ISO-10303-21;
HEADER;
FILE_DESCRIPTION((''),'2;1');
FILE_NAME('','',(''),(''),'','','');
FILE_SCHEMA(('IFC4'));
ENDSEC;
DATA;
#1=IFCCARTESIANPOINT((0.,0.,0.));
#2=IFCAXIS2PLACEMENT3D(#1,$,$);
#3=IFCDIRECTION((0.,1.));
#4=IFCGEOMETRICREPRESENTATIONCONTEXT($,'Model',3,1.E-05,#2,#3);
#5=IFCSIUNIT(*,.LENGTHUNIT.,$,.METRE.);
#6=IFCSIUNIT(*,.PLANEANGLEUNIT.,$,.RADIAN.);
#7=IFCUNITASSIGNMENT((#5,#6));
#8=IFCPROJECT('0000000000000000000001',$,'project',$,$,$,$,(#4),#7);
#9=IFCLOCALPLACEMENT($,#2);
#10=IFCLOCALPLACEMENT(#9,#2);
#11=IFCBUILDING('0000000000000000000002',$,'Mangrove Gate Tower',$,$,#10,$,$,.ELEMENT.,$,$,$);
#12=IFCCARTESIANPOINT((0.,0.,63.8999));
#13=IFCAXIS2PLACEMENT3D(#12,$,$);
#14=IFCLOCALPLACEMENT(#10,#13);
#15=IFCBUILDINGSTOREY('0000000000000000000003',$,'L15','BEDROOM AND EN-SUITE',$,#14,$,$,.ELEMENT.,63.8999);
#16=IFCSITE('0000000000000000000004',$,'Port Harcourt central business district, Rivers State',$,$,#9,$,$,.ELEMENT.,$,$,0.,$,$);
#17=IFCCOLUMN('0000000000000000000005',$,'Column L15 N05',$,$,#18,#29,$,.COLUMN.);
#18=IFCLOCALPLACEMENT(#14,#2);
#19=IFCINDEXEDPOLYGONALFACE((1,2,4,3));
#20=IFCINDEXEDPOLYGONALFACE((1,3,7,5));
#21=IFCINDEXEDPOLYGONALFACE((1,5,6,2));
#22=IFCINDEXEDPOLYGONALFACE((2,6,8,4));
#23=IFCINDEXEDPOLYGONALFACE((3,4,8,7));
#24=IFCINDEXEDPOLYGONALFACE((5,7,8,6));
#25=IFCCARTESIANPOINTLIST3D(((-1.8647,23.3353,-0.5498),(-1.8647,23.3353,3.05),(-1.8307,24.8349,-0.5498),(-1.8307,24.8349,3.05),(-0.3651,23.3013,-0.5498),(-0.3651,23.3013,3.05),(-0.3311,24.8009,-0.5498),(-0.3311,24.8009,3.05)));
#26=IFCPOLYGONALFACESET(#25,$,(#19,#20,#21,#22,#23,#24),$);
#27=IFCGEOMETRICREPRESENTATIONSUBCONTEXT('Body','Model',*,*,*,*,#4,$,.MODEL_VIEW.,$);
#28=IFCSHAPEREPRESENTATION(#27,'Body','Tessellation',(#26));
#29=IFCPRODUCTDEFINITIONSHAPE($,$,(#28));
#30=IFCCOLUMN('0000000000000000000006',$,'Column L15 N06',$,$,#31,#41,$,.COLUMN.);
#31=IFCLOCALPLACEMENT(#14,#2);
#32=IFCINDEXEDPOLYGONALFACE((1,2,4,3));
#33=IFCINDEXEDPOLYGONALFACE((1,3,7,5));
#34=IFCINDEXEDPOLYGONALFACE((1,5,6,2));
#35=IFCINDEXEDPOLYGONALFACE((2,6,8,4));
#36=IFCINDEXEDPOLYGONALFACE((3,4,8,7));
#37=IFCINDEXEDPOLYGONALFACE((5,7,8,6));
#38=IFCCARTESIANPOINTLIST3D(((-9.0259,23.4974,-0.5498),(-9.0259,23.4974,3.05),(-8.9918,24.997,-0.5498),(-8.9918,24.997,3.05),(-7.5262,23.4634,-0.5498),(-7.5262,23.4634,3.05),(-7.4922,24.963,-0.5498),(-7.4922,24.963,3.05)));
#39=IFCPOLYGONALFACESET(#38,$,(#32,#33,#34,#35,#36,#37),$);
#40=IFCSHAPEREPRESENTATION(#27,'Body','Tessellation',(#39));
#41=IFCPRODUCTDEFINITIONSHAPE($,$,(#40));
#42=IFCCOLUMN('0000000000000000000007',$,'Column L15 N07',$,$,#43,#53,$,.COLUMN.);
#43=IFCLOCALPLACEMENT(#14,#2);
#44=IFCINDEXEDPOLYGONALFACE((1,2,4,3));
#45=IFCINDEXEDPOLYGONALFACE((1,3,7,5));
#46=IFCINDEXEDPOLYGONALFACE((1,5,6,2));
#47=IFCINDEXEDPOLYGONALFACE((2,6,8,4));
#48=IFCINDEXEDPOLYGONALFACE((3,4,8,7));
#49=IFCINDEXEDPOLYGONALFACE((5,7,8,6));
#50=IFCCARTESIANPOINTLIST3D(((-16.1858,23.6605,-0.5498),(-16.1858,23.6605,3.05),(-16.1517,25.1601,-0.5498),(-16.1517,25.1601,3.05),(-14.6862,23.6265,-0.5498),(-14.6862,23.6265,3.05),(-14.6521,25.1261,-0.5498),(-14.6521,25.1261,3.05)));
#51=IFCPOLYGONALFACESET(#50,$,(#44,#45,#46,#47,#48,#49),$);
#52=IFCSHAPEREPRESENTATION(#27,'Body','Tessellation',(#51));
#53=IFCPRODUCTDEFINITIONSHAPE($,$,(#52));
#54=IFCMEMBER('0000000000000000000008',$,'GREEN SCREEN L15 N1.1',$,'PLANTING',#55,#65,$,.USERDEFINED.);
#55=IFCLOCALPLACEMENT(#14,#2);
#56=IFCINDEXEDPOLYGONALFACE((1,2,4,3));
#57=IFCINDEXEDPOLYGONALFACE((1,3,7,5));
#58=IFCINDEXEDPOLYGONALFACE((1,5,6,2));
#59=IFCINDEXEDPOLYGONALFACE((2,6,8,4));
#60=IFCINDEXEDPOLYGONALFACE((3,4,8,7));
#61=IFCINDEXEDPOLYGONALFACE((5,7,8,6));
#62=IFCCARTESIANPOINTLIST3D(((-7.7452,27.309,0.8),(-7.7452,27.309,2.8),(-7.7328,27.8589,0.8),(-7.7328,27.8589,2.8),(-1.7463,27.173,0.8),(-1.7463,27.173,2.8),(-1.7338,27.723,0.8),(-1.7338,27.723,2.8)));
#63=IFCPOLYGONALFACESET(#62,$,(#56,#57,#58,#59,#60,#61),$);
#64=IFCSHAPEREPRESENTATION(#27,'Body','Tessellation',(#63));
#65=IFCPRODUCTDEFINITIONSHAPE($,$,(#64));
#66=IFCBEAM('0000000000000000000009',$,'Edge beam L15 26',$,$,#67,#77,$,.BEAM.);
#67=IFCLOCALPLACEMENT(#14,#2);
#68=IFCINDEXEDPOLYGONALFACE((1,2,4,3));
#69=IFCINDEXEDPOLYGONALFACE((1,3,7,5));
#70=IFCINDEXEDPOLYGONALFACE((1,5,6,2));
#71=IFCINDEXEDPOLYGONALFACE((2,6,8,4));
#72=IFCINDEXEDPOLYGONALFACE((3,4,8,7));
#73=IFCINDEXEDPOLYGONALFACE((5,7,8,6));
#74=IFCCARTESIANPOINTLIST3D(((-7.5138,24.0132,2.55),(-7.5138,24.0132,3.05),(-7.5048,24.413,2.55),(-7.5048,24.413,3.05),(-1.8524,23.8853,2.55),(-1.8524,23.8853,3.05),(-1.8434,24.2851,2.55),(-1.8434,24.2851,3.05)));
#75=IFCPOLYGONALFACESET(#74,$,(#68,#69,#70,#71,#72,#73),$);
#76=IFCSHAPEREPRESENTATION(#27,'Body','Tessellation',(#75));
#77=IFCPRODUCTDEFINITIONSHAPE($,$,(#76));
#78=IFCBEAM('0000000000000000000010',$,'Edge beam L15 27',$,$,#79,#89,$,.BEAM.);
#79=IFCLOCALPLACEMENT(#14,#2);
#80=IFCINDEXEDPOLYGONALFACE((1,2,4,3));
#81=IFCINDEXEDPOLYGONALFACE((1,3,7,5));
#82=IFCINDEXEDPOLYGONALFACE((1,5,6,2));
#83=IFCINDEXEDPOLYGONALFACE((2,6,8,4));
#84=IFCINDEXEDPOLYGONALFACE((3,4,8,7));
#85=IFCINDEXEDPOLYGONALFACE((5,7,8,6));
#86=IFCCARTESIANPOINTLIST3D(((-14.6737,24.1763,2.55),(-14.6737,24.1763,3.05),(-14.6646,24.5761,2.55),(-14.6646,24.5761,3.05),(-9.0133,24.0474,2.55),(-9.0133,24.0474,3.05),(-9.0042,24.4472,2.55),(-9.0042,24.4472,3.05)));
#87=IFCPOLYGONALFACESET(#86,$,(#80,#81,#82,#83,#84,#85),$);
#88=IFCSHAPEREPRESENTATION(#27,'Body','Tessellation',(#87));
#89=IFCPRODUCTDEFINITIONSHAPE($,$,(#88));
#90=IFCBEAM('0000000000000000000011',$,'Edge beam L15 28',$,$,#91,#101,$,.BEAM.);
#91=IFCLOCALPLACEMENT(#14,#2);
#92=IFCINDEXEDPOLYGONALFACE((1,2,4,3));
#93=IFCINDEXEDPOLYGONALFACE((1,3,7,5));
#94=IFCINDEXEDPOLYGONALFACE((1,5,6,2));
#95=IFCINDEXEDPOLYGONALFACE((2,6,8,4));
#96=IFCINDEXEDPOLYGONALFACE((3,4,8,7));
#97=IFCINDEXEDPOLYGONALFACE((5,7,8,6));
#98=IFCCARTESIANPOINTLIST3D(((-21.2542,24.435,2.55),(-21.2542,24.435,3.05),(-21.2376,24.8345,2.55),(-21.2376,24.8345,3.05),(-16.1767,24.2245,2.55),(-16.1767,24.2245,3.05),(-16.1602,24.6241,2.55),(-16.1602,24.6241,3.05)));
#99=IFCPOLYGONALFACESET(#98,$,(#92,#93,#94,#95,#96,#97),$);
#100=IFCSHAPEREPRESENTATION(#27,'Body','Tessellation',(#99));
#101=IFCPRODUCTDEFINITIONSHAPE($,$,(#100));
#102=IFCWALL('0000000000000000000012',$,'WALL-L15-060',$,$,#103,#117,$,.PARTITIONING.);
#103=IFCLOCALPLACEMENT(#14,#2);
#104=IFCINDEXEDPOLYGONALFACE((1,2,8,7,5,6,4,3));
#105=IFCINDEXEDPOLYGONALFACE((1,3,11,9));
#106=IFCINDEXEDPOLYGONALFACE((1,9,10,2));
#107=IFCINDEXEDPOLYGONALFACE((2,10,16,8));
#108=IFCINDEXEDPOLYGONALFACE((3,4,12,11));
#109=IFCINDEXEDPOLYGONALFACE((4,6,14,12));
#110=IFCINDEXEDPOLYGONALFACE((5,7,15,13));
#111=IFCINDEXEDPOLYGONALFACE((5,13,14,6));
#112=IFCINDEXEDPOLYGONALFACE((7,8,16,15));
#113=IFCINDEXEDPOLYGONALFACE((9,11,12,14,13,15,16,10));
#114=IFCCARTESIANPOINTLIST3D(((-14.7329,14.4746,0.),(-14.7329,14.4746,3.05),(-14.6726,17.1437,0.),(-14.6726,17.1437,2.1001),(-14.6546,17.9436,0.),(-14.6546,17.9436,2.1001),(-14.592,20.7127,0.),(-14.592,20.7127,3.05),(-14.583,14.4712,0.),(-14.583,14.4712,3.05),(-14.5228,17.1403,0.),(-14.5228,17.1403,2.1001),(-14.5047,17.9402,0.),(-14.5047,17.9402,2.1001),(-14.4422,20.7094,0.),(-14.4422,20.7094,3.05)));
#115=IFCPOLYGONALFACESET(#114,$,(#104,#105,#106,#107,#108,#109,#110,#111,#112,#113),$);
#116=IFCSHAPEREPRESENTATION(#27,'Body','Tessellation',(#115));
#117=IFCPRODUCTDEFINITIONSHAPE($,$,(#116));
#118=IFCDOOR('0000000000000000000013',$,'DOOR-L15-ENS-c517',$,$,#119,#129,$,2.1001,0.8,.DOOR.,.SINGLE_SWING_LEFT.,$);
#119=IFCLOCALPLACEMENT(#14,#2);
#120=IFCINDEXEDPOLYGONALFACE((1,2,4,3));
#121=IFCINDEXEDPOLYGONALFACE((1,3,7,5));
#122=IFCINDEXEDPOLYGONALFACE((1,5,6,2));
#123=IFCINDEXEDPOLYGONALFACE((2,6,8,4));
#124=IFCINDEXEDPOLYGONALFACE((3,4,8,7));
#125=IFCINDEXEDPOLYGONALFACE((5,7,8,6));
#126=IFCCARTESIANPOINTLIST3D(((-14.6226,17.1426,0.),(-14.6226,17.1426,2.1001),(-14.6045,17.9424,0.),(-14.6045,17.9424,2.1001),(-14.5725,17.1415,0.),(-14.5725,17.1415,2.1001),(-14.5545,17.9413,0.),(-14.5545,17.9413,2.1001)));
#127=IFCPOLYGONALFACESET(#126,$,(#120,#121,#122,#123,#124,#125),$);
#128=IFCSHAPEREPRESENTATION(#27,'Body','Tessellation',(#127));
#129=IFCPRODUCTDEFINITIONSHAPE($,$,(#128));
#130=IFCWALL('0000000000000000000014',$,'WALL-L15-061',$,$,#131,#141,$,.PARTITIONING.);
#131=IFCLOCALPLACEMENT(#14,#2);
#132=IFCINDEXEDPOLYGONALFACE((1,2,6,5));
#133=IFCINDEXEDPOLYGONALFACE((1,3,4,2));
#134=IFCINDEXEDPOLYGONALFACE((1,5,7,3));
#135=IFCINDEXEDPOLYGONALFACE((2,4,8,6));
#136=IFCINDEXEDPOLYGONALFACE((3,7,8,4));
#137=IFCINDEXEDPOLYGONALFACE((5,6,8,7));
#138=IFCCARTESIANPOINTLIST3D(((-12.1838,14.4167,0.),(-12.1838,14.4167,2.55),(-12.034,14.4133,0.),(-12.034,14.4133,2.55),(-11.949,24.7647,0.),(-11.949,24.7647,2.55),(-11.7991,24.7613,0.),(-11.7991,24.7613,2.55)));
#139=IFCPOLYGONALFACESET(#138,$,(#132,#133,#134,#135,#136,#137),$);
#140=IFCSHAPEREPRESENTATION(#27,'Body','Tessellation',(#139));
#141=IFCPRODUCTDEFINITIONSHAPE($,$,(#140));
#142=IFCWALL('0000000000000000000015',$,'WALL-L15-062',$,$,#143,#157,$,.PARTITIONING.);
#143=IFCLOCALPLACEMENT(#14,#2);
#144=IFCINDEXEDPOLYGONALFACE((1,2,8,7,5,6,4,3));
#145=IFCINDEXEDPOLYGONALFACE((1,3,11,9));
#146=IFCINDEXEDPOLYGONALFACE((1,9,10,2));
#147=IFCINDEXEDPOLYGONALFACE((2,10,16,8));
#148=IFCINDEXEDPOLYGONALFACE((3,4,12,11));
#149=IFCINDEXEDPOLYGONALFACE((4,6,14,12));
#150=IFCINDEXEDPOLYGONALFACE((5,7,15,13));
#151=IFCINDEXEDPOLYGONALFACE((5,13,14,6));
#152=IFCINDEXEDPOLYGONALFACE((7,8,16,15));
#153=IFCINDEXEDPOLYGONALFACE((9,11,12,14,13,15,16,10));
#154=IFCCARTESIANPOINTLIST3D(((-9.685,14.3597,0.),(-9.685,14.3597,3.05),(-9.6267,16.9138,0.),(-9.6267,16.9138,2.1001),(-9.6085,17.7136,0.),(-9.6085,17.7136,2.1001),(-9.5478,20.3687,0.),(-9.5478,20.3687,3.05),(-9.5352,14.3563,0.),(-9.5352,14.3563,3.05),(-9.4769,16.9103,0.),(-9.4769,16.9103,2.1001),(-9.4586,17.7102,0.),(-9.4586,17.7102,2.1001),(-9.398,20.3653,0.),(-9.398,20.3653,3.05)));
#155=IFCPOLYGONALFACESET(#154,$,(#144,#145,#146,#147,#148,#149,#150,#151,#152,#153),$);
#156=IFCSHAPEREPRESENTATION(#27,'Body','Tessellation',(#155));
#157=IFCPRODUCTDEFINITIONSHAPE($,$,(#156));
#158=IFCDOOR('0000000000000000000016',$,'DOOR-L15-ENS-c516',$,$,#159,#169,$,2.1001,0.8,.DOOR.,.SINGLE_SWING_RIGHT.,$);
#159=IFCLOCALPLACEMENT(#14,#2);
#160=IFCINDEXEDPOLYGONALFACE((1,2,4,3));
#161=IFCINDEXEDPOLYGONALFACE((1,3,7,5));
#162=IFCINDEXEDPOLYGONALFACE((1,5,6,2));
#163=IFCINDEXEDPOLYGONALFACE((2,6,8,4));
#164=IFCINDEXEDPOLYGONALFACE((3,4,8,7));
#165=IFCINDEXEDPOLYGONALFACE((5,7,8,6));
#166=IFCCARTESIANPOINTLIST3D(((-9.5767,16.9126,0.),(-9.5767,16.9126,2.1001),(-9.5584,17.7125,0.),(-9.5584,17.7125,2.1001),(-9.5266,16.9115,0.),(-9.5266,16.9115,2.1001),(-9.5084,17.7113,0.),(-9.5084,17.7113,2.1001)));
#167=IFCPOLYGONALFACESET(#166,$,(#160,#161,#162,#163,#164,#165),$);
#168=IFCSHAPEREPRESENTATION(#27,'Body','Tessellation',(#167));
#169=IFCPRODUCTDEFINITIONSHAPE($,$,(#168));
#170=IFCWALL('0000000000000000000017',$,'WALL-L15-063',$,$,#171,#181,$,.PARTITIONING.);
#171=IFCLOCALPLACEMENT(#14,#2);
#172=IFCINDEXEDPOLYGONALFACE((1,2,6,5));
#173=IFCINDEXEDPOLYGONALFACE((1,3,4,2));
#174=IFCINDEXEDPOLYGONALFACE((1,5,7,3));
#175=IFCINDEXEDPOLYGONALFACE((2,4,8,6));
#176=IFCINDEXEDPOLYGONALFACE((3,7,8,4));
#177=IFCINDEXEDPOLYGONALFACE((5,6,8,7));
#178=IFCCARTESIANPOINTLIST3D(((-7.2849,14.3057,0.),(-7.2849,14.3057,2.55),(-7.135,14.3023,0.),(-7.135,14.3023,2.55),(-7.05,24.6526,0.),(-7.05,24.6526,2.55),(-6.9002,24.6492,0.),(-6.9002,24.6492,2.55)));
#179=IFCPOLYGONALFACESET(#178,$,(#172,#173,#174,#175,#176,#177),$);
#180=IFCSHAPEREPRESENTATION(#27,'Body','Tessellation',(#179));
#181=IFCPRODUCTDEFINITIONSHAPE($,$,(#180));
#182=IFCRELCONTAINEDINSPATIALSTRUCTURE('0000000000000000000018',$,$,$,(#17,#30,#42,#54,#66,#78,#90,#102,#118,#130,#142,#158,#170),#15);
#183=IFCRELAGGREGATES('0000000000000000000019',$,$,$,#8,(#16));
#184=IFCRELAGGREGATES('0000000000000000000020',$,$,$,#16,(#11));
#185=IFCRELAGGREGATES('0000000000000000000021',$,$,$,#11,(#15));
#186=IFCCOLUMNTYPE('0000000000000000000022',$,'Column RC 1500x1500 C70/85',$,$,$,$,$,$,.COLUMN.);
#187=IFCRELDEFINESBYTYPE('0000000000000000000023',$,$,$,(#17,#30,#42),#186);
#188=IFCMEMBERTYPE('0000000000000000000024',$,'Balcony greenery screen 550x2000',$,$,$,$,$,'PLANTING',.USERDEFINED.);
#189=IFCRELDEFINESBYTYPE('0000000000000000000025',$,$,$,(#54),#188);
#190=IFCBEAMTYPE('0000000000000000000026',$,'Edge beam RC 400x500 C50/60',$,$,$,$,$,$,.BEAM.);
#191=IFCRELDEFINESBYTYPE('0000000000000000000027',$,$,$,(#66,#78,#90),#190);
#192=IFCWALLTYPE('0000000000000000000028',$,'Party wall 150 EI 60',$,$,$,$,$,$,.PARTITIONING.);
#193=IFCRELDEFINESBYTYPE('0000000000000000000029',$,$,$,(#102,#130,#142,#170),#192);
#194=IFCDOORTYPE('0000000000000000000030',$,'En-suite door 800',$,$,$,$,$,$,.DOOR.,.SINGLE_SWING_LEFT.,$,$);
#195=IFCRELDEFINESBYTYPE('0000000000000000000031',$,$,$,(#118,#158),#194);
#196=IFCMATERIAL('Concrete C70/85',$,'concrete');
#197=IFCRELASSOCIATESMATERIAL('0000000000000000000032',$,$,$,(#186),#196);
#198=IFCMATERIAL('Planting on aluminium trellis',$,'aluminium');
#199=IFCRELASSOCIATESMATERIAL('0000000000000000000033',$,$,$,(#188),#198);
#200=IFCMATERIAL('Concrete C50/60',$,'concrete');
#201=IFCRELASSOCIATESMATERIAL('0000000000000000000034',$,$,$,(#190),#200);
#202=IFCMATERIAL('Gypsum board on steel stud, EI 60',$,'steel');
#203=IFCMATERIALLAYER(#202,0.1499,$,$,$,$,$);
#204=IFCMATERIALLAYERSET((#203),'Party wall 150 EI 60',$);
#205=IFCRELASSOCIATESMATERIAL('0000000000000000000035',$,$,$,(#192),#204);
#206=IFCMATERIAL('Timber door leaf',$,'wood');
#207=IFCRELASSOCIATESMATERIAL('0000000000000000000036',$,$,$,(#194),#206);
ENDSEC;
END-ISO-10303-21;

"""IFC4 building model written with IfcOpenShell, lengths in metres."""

from ifc_helpers import new_model, si_unit, direction, frame, frame_2d, origin, origin_2d, place, context, subcontext, project, spatial, rectangle, extrude, material, layer, layer_set, material_profile, profile_set, type_object, element, fill, save


model = new_model("IFC4")

# Units and contexts
model_context = context("Model", 3, precision=1e-05, world=origin(), true_north=direction((0.0, 1.0)))
body_context = subcontext(model_context, "Body", "Model", "MODEL_VIEW")
ifc_project = project(units=[si_unit("LENGTHUNIT", "METRE"), si_unit("PLANEANGLEUNIT", "RADIAN")], contexts=[model_context])

# Site, building, storey
site_placement = place(None, origin())
site = spatial("IfcSite", under=ifc_project, at=site_placement, Name="Port Harcourt central business district, Rivers State", CompositionType="ELEMENT", RefElevation=0.0)
building_placement = place(site_placement, origin())
building = spatial("IfcBuilding", under=site, at=building_placement, Name="Mangrove Gate Tower", CompositionType="ELEMENT")
storey_placement = place(building_placement, frame((0.0, 0.0, 63.8999)))
storey = spatial("IfcBuildingStorey", under=building, at=storey_placement, Name="L15", Description="BEDROOM AND EN-SUITE", CompositionType="ELEMENT", Elevation=63.8999)

# Columns
ifc_material_1 = material(Name="Concrete C70/85", Category="concrete")
ifc_material_profile_1 = material_profile(ifc_material_1, rectangle(XDim=1.5, YDim=1.5, at=origin_2d()))
ifc_profile_set_1 = profile_set([ifc_material_profile_1], Name="Concrete C70/85")
column_type = type_object("IfcColumnType", Name="Column RC 1500x1500 C70/85", PredefinedType="COLUMN", material=ifc_profile_set_1)
for number, where, z_axis, x_axis, name in (
    (1, (-1.0979, 24.0681, -0.5498), (0.0, 0.0, 1.0), (-0.999743, 0.022688, 0.0), "Column L15 N05"),
    (2, (-8.259, 24.2302, -0.5498), (0.0, 0.0, 1.0), (-0.999743, 0.022688, 0.0), "Column L15 N06"),
    (3, (-15.4189, 24.3933, -0.5498), (0.0, 0.0, 1.0), (-0.999743, 0.022688, 0.0), "Column L15 N07"),
):
    element("IfcColumn", number, at=place(storey_placement, frame(where, z_axis=z_axis, x_axis=x_axis)), inside=storey, type_object=column_type, Name=name, PredefinedType="COLUMN", context=body_context, shape_type="SweptSolid", body=[
        extrude(rectangle(XDim=1.5, YDim=1.5, at=origin_2d()), origin(), (0.0, 0.0, 1.0), 3.5999),
    ])

# Member
ifc_material_2 = material(Name="Planting on aluminium trellis", Category="aluminium")
ifc_material_profile_2 = material_profile(ifc_material_2, rectangle(XDim=0.55, YDim=2.0, at=origin_2d()))
ifc_profile_set_2 = profile_set([ifc_material_profile_2], Name="Planting on aluminium trellis")
member_type = type_object("IfcMemberType", Name="Balcony greenery screen 550x2000", ElementType="PLANTING", PredefinedType="USERDEFINED", material=ifc_profile_set_2)
member_placement = place(storey_placement, frame((-7.739, 27.584, 1.8), z_axis=(0.999743, -0.022662, 0.0), x_axis=(0.022662, 0.999743, 0.0)))
element("IfcMember", 4, at=member_placement, inside=storey, type_object=member_type, Name="GREEN SCREEN L15 N1.1", ObjectType="PLANTING", PredefinedType="USERDEFINED", context=body_context, shape_type="SweptSolid", body=[
    extrude(rectangle(XDim=0.55, YDim=2.0, at=origin_2d()), origin(), (0.0, 0.0, 1.0), 6.0005),
])

# Beams
ifc_material_3 = material(Name="Concrete C50/60", Category="concrete")
ifc_material_profile_3 = material_profile(ifc_material_3, rectangle(XDim=0.3999, YDim=0.5, at=origin_2d()))
ifc_profile_set_3 = profile_set([ifc_material_profile_3], Name="Concrete C50/60")
beam_type = type_object("IfcBeamType", Name="Edge beam RC 400x500 C50/60", PredefinedType="BEAM", material=ifc_profile_set_3)
beam_1_placement = place(storey_placement, frame((-1.8479, 24.0852, 2.8), z_axis=(-0.999745, 0.022591, 0.0), x_axis=(-0.022591, -0.999745, 0.0)))
element("IfcBeam", 5, at=beam_1_placement, inside=storey, type_object=beam_type, Name="Edge beam L15 26", PredefinedType="BEAM", context=body_context, shape_type="SweptSolid", body=[
    extrude(rectangle(XDim=0.3999, YDim=0.5, at=origin_2d()), origin(), (0.0, 0.0, 1.0), 5.6628),
])
beam_2_placement = place(storey_placement, frame((-9.0088, 24.2473, 2.8), z_axis=(-0.999741, 0.022767, 0.0), x_axis=(-0.022767, -0.999741, 0.0)))
element("IfcBeam", 6, at=beam_2_placement, inside=storey, type_object=beam_type, Name="Edge beam L15 27", PredefinedType="BEAM", context=body_context, shape_type="SweptSolid", body=[
    extrude(rectangle(XDim=0.3999, YDim=0.5, at=origin_2d()), origin(), (0.0, 0.0, 1.0), 5.6619),
])
beam_3_placement = place(storey_placement, frame((-16.1685, 24.4243, 2.8), z_axis=(-0.999142, 0.041413, 0.0), x_axis=(-0.041413, -0.999142, 0.0)))
element("IfcBeam", 7, at=beam_3_placement, inside=storey, type_object=beam_type, Name="Edge beam L15 28", PredefinedType="BEAM", context=body_context, shape_type="SweptSolid", body=[
    extrude(rectangle(XDim=0.3999, YDim=0.5, at=origin_2d()), origin(), (0.0, 0.0, 1.0), 5.0818),
])

# Wall, opening, door
ifc_material_4 = material(Name="Gypsum board on steel stud, EI 60", Category="steel")
ifc_layer_1 = layer(ifc_material_4, 0.1499)
ifc_layer_set_1 = layer_set([ifc_layer_1], Name="Party wall 150 EI 60")
wall_type_1 = type_object("IfcWallType", Name="Party wall 150 EI 60", PredefinedType="PARTITIONING", material=ifc_layer_set_1)
wall_1_placement = place(storey_placement, frame((-14.658, 14.4729, 0.0), z_axis=(0.0, 0.0, 1.0), x_axis=(0.022577, 0.999745, 0.0)))
wall_1 = element("IfcWall", 8, at=wall_1_placement, inside=storey, type_object=wall_type_1, Name="WALL-L15-060", PredefinedType="PARTITIONING", context=body_context, shape_type="SweptSolid", body=[
    extrude(rectangle(XDim=6.2397, YDim=0.1499, at=frame_2d((3.1199, 0.0))), origin(), (0.0, 0.0, 1.0), 3.05),
])
opening_1_placement = place(wall_1_placement, frame((2.6699, 0.0, 0.0)))
opening_1 = element("IfcOpeningElement", 9, at=opening_1_placement, cuts=wall_1, PredefinedType="OPENING", context=body_context, shape_type="SweptSolid", body=[
    extrude(rectangle(XDim=0.8, YDim=2.1001, at=frame_2d((0.3999, 1.05))), frame((0.0, 0.085, 0.0), z_axis=(0.0, -1.0, 0.0), x_axis=(1.0, 0.0, 0.0)), (0.0, 0.0, 1.0), 0.1699),
])
ifc_material_5 = material(Name="Timber door leaf", Category="wood")
door_type = type_object("IfcDoorType", Name="En-suite door 800", OperationType="SINGLE_SWING_LEFT", PredefinedType="DOOR", material=ifc_material_5)
door_1_placement = place(opening_1_placement, origin())
door_1 = element("IfcDoor", 10, at=door_1_placement, inside=storey, type_object=door_type, Name="DOOR-L15-ENS-c517", OperationType="SINGLE_SWING_LEFT", OverallHeight=2.1001, OverallWidth=0.8, PredefinedType="DOOR", context=body_context, shape_type="SweptSolid", body=[
    extrude(rectangle(XDim=0.8, YDim=2.1001, at=frame_2d((0.3999, 1.05))), frame((0.0, 0.0249, 0.0), z_axis=(0.0, -1.0, 0.0), x_axis=(1.0, 0.0, 0.0)), (0.0, 0.0, 1.0), 0.05),
])
fill(opening_1, door_1)

# Wall
wall_2_placement = place(storey_placement, frame((-12.1089, 14.415, 0.0), z_axis=(0.0, 0.0, 1.0), x_axis=(0.022691, 0.999743, 0.0)))
element("IfcWall", 11, at=wall_2_placement, inside=storey, type_object=wall_type_1, Name="WALL-L15-061", PredefinedType="PARTITIONING", context=body_context, shape_type="SweptSolid", body=[
    extrude(rectangle(XDim=10.3506, YDim=0.1499, at=frame_2d((5.1753, 0.0))), origin(), (0.0, 0.0, 1.0), 2.55),
])

# Wall, opening, door
wall_3_placement = place(storey_placement, frame((-9.6101, 14.3579, 0.0), z_axis=(0.0, 0.0, 1.0), x_axis=(0.022828, 0.999739, 0.0)))
wall_3 = element("IfcWall", 12, at=wall_3_placement, inside=storey, type_object=wall_type_1, Name="WALL-L15-062", PredefinedType="PARTITIONING", context=body_context, shape_type="SweptSolid", body=[
    extrude(rectangle(XDim=6.0105, YDim=0.1499, at=frame_2d((3.0054, 0.0))), origin(), (0.0, 0.0, 1.0), 3.05),
])
opening_2_placement = place(wall_3_placement, frame((2.5549, 0.0, 0.0)))
opening_2 = element("IfcOpeningElement", 13, at=opening_2_placement, cuts=wall_3, PredefinedType="OPENING", context=body_context, shape_type="SweptSolid", body=[
    extrude(rectangle(XDim=0.8, YDim=2.1001, at=frame_2d((0.3999, 1.05))), frame((0.0, 0.085, 0.0), z_axis=(0.0, -1.0, 0.0), x_axis=(1.0, 0.0, 0.0)), (0.0, 0.0, 1.0), 0.1699),
])
door_2_placement = place(opening_2_placement, origin())
door_2 = element("IfcDoor", 14, at=door_2_placement, inside=storey, type_object=door_type, Name="DOOR-L15-ENS-c516", OperationType="SINGLE_SWING_RIGHT", OverallHeight=2.1001, OverallWidth=0.8, PredefinedType="DOOR", context=body_context, shape_type="SweptSolid", body=[
    extrude(rectangle(XDim=0.8, YDim=2.1001, at=frame_2d((0.3999, 1.05))), frame((0.0, 0.0249, 0.0), z_axis=(0.0, -1.0, 0.0), x_axis=(1.0, 0.0, 0.0)), (0.0, 0.0, 1.0), 0.05),
])
fill(opening_2, door_2)

# Wall
wall_4_placement = place(storey_placement, frame((-7.21, 14.304, 0.0), z_axis=(0.0, 0.0, 1.0), x_axis=(0.022693, 0.999742, 0.0)))
element("IfcWall", 15, at=wall_4_placement, inside=storey, type_object=wall_type_1, Name="WALL-L15-063", PredefinedType="PARTITIONING", context=body_context, shape_type="SweptSolid", body=[
    extrude(rectangle(XDim=10.3496, YDim=0.1499, at=frame_2d((5.1748, 0.0))), origin(), (0.0, 0.0, 1.0), 2.55),
])

save(model, "model.ifc")
